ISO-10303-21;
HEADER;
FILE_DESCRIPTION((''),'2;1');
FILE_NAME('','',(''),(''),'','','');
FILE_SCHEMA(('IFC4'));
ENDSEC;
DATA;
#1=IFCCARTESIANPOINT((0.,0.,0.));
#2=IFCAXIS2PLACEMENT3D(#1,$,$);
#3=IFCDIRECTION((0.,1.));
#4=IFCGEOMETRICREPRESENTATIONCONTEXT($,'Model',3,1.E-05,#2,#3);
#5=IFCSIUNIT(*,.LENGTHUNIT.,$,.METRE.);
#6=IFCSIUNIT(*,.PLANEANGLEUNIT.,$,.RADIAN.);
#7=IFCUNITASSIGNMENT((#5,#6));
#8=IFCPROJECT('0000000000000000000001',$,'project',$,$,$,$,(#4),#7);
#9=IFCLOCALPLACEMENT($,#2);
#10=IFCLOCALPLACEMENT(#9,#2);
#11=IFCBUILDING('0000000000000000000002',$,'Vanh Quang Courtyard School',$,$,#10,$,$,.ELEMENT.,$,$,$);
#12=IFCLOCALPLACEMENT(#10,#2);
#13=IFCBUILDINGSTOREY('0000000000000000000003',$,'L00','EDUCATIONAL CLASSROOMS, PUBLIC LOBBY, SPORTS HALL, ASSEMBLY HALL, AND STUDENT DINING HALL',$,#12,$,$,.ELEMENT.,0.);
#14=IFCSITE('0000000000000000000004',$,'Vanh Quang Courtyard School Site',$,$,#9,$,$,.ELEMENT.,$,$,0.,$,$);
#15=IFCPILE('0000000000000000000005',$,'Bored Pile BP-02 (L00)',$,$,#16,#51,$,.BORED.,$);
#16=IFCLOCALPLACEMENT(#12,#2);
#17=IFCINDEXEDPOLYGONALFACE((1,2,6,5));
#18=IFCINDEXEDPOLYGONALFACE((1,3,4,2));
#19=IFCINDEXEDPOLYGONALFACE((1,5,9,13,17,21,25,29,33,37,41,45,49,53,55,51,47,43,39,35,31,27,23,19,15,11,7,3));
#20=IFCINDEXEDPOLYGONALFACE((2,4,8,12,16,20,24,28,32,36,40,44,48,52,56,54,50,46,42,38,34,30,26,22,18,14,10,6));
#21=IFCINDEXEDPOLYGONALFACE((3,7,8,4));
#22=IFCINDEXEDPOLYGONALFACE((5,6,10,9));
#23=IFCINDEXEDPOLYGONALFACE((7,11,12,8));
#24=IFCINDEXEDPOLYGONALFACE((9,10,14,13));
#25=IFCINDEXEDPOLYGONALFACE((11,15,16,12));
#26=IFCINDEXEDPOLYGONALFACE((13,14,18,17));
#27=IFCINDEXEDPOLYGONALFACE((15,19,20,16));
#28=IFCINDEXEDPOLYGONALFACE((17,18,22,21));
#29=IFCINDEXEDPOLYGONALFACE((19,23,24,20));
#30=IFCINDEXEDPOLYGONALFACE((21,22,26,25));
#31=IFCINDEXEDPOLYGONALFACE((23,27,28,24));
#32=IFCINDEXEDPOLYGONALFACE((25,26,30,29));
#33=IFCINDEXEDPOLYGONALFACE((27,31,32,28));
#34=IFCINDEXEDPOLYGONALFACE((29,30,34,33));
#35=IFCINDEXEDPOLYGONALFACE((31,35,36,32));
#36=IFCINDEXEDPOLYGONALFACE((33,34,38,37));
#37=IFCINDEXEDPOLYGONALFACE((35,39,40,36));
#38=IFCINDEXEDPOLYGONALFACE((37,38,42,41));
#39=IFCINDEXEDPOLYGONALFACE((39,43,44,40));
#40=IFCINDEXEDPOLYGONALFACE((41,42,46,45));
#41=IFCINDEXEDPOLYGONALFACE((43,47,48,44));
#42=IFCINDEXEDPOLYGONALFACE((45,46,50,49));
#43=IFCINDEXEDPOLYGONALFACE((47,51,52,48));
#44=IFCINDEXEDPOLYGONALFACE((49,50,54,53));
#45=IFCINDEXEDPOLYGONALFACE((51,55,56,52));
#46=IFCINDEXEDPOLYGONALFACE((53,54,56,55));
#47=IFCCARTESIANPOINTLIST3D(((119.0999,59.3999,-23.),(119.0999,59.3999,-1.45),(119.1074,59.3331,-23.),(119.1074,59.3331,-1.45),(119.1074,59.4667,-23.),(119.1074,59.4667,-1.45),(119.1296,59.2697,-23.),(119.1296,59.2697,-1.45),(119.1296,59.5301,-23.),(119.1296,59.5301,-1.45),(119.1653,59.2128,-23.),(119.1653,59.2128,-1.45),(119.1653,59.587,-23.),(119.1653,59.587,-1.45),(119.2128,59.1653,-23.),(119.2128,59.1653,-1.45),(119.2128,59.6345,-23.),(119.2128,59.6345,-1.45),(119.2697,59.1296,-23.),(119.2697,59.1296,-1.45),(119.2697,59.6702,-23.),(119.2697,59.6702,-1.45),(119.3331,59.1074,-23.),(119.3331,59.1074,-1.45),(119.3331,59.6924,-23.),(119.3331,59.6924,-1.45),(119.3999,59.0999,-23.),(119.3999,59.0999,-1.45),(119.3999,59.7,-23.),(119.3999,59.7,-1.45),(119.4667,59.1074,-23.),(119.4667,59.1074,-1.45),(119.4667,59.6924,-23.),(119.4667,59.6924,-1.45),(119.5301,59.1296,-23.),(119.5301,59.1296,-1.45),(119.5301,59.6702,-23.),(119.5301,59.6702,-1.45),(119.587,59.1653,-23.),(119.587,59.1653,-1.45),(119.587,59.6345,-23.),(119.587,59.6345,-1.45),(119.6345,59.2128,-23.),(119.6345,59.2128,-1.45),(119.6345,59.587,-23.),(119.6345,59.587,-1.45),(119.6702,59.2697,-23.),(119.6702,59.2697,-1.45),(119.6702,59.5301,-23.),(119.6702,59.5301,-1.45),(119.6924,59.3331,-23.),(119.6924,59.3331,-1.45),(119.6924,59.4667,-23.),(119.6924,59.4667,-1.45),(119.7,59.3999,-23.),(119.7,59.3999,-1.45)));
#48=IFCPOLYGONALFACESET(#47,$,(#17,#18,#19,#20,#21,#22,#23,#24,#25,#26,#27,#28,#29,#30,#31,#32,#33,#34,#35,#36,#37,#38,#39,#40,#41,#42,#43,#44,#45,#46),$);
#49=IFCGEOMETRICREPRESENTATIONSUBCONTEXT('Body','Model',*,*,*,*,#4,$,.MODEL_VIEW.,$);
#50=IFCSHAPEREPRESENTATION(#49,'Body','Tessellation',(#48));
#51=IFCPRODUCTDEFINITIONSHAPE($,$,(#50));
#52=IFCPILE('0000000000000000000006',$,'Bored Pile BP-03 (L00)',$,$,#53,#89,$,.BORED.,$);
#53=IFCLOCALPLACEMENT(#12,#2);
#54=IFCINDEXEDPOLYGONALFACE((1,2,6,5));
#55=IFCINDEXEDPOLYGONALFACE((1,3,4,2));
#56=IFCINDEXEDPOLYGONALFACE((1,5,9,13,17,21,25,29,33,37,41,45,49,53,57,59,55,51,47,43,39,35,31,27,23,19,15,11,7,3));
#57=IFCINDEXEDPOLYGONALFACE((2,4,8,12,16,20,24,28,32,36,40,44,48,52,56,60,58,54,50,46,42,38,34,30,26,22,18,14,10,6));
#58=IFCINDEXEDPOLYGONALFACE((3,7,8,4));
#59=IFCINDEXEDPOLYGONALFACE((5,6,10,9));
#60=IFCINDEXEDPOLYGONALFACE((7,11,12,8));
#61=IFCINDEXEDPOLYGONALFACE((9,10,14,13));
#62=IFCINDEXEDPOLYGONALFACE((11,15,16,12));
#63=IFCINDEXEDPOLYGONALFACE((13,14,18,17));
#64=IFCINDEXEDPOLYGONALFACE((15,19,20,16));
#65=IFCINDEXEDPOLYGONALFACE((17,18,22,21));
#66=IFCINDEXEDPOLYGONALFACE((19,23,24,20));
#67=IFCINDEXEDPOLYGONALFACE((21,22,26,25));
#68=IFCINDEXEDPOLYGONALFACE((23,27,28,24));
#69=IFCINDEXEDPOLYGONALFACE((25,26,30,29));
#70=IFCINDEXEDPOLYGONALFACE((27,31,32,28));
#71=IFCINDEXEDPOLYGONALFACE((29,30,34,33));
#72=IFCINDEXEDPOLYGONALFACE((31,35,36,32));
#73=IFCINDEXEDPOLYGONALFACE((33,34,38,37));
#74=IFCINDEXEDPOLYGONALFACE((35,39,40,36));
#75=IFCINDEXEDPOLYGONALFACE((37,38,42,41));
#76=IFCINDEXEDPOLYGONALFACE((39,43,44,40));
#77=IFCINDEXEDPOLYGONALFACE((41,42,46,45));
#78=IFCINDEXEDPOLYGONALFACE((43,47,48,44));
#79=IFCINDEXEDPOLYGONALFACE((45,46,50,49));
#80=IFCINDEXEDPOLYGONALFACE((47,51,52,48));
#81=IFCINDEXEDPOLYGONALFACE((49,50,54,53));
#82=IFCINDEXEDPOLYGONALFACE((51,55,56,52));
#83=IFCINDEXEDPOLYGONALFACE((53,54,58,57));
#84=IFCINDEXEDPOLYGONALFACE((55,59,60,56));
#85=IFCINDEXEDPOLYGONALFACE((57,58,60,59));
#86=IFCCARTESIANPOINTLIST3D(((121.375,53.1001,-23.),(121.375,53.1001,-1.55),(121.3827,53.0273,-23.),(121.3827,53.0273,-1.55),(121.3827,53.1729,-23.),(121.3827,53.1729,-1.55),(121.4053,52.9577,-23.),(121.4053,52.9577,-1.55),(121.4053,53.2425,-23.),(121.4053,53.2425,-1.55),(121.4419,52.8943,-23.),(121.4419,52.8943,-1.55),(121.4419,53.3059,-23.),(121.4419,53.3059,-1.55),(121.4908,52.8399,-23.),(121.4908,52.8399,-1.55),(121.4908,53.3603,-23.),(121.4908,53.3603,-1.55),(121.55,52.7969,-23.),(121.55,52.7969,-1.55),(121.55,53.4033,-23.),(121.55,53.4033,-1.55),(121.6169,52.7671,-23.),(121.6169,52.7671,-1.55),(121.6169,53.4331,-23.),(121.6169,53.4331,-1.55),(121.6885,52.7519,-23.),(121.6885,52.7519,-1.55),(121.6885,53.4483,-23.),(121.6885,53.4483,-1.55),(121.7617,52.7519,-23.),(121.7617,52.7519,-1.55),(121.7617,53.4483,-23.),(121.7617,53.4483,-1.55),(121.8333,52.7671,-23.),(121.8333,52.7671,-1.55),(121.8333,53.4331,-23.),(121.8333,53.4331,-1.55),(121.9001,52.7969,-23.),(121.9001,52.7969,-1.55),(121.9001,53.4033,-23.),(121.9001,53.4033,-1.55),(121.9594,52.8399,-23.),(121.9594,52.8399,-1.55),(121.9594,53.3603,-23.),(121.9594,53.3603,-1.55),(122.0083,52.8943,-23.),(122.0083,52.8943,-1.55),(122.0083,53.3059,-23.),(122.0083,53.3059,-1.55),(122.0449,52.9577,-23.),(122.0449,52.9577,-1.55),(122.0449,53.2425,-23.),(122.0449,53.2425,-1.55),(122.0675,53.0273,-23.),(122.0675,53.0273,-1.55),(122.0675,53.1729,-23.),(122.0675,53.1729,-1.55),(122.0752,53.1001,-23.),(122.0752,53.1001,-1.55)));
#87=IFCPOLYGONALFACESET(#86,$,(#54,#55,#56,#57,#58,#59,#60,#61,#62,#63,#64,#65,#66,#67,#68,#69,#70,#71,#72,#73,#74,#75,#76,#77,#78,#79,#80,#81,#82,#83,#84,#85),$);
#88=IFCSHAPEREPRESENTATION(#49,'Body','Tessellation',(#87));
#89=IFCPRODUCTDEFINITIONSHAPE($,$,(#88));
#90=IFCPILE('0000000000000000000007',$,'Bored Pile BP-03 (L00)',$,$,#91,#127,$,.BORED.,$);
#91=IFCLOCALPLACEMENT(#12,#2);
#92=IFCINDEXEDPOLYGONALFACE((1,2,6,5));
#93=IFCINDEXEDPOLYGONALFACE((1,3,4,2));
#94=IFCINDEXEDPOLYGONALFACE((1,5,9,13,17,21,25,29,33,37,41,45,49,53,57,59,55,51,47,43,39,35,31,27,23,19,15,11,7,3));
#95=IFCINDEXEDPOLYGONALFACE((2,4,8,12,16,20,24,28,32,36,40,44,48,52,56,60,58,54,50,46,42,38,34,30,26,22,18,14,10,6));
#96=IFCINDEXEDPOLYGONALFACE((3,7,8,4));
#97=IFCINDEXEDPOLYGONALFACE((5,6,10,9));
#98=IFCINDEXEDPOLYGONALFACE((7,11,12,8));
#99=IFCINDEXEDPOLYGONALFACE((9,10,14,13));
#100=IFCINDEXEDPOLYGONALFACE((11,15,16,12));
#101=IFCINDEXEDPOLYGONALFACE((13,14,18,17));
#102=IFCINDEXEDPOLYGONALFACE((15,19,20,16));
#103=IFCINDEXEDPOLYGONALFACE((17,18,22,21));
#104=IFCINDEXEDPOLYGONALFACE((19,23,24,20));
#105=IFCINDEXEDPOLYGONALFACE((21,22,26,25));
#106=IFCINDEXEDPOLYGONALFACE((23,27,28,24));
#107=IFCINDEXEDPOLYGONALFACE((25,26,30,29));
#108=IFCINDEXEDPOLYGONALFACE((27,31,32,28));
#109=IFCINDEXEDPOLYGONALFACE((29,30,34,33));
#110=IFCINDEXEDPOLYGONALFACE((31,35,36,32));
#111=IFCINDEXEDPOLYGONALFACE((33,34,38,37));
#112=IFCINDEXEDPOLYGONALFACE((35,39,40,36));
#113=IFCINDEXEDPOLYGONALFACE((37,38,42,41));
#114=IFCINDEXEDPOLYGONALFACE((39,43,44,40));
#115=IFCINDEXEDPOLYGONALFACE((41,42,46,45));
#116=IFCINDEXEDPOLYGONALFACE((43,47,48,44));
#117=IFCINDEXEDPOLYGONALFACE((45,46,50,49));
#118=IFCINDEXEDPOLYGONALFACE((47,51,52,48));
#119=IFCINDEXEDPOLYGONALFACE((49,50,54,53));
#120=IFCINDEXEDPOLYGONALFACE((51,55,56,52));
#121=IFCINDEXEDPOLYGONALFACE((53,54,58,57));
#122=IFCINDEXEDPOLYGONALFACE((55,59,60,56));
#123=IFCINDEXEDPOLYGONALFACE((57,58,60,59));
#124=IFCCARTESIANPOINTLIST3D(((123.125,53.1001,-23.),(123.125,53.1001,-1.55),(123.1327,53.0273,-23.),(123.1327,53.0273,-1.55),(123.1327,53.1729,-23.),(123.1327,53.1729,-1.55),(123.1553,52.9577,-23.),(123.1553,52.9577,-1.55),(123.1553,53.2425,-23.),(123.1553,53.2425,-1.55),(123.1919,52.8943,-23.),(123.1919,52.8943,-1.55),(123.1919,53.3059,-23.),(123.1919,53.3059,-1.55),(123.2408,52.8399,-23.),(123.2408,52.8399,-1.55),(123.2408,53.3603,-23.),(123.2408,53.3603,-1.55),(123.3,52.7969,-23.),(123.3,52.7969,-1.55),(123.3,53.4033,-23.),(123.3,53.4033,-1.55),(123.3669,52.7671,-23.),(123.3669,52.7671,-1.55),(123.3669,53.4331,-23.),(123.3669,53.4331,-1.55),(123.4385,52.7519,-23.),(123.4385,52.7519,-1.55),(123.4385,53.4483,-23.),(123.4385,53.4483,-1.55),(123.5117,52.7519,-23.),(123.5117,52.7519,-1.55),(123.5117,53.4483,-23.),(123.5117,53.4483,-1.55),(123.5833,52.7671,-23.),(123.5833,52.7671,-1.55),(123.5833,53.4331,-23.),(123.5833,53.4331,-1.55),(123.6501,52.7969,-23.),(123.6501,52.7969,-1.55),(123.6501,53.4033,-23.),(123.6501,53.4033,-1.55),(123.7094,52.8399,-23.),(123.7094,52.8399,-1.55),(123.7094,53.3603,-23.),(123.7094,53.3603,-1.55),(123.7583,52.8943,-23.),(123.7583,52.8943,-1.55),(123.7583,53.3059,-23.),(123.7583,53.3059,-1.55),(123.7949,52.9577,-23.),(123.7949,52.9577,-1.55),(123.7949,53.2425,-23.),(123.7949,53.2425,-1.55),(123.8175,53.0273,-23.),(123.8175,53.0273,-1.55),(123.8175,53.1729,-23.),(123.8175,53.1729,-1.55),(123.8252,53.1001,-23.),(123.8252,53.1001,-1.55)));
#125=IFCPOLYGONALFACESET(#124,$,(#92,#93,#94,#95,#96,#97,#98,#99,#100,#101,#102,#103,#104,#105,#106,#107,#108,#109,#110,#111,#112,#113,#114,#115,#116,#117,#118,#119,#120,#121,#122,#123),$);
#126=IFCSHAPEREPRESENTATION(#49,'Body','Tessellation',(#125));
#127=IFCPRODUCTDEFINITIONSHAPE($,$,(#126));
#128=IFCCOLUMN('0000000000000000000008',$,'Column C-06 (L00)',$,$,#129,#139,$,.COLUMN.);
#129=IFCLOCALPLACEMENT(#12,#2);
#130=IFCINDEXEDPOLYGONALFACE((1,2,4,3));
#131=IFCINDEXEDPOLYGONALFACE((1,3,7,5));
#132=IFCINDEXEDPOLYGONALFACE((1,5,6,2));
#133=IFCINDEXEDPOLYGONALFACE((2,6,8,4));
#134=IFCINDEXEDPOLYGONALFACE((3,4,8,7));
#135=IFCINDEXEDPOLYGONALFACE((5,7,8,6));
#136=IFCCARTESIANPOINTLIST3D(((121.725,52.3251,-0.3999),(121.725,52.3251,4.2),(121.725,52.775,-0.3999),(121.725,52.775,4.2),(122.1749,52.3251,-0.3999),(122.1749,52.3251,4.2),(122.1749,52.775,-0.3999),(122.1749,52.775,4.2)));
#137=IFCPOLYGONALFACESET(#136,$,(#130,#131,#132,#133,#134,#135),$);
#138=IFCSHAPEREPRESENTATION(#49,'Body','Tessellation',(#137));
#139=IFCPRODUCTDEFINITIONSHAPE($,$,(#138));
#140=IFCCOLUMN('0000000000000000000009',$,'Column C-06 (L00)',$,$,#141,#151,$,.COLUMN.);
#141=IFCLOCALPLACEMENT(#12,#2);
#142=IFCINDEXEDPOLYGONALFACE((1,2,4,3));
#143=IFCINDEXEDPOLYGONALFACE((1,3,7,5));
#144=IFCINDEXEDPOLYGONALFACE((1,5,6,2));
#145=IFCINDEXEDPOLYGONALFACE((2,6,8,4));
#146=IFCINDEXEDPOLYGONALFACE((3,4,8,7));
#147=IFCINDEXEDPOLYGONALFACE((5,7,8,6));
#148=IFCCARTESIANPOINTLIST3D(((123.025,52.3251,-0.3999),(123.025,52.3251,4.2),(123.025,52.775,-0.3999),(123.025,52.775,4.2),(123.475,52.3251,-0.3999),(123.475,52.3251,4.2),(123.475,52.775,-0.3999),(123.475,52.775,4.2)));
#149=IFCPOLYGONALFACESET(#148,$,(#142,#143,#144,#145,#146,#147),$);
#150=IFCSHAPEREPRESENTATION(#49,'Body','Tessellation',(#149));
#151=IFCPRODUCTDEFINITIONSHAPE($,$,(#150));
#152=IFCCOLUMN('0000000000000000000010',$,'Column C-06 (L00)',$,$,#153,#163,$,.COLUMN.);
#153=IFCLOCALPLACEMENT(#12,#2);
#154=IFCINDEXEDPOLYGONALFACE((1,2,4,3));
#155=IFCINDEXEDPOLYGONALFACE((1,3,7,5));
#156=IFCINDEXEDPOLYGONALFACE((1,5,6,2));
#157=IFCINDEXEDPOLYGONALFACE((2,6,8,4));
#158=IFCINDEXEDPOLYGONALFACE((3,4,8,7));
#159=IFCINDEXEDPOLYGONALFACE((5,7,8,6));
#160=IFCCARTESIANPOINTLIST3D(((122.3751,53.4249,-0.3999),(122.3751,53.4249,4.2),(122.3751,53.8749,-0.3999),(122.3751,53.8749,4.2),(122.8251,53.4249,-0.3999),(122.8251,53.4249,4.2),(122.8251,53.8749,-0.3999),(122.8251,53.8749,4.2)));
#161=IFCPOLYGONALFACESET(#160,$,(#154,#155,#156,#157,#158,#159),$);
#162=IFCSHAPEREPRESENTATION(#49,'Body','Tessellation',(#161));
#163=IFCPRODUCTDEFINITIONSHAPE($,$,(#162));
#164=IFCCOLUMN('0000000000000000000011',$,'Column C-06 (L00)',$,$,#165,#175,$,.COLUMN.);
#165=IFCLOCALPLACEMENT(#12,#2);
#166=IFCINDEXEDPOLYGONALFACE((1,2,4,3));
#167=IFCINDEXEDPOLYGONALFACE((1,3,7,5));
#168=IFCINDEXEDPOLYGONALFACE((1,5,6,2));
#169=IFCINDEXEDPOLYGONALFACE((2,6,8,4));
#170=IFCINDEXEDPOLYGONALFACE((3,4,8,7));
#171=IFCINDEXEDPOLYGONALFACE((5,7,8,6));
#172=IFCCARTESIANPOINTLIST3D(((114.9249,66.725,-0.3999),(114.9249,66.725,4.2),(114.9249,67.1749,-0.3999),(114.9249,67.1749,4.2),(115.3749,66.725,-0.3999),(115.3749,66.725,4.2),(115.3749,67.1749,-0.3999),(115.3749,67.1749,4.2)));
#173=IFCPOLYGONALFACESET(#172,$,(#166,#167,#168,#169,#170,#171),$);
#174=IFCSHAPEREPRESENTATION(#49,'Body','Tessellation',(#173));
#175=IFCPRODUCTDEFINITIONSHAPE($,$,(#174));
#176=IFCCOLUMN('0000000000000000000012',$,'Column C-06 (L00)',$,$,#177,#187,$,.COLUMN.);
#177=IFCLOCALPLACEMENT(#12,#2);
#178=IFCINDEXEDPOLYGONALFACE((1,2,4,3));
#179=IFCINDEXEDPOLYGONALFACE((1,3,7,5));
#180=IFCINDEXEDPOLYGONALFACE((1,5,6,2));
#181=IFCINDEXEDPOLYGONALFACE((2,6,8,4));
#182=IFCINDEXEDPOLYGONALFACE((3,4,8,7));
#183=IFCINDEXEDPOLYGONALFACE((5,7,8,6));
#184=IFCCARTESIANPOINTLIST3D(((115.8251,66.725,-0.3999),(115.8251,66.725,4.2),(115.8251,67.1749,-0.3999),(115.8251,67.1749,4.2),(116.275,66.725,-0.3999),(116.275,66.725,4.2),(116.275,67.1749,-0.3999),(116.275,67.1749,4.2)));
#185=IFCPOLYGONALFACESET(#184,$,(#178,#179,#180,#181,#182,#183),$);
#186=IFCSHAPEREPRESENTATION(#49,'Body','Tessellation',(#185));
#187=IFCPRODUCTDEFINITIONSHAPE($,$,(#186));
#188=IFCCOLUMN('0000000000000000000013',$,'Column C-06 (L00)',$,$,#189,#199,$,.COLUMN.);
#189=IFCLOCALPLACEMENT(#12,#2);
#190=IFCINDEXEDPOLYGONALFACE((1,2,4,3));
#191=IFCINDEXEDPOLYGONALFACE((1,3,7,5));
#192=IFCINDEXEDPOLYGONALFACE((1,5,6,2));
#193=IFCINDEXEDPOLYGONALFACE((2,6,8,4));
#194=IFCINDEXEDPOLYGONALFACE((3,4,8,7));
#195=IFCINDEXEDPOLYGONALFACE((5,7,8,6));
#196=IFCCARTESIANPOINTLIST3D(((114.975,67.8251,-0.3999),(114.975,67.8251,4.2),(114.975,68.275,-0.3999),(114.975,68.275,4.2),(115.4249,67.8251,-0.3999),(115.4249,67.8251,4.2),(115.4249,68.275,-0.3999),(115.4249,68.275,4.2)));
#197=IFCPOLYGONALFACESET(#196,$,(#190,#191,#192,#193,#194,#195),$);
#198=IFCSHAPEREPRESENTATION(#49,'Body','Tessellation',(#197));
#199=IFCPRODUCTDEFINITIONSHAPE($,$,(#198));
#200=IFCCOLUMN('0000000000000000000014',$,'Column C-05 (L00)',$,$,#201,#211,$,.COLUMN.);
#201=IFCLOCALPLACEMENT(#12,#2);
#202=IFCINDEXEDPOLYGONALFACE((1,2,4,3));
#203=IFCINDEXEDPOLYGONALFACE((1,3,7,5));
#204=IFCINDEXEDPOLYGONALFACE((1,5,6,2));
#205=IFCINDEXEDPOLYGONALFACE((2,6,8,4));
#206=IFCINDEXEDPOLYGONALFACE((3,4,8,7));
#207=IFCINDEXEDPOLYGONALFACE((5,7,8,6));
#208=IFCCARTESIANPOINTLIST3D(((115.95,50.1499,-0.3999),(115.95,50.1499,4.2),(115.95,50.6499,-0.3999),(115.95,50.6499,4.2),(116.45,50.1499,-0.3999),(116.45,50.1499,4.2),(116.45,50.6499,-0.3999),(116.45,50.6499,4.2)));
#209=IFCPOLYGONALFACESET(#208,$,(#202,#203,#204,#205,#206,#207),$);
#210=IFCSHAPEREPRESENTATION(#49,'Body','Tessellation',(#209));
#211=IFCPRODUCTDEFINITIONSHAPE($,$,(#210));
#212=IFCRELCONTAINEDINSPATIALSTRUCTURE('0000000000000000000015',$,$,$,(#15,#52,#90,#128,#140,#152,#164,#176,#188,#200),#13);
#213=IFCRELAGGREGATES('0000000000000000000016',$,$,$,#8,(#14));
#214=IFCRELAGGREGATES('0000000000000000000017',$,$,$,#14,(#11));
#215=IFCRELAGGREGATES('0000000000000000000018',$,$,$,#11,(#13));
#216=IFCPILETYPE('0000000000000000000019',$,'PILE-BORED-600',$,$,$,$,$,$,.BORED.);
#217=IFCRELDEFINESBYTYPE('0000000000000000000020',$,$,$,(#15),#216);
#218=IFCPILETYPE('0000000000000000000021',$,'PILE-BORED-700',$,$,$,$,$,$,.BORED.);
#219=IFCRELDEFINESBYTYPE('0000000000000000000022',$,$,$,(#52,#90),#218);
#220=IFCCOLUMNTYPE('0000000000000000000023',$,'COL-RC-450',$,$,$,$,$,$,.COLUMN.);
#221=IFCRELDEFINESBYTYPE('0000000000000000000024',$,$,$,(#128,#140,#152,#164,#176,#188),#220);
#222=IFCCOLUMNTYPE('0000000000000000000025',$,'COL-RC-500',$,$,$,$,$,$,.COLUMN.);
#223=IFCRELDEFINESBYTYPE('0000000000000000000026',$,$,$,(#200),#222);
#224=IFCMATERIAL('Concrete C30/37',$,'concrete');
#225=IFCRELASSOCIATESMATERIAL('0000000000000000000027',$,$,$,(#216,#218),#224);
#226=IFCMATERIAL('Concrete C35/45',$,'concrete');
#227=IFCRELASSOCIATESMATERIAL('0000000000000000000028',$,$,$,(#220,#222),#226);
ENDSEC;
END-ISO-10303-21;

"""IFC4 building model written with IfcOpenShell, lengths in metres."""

from ifc_helpers import new_model, si_unit, direction, frame, origin, origin_2d, place, context, subcontext, project, spatial, rectangle, circle, extrude, material, material_profile, profile_set, type_object, element, save


model = new_model("IFC4")

# Units and contexts
model_context = context("Model", 3, precision=1e-05, world=origin(), true_north=direction((0.0, 1.0)))
body_context = subcontext(model_context, "Body", "Model", "MODEL_VIEW")
ifc_project = project(units=[si_unit("LENGTHUNIT", "METRE"), si_unit("PLANEANGLEUNIT", "RADIAN")], contexts=[model_context])

# Site, building, storey
site_placement = place(None, origin())
site = spatial("IfcSite", under=ifc_project, at=site_placement, Name="Vanh Quang Courtyard School Site", CompositionType="ELEMENT", RefElevation=0.0)
building_placement = place(site_placement, origin())
building = spatial("IfcBuilding", under=site, at=building_placement, Name="Vanh Quang Courtyard School", CompositionType="ELEMENT")
storey_placement = place(building_placement, origin())
storey = spatial("IfcBuildingStorey", under=building, at=storey_placement, Name="L00", Description="EDUCATIONAL CLASSROOMS, PUBLIC LOBBY, SPORTS HALL, ASSEMBLY HALL, AND STUDENT DINING HALL", CompositionType="ELEMENT", Elevation=0.0)

# Shared definitions
ifc_material_1 = material(Name="Concrete C35/45", Category="concrete")

# Piles
ifc_material_2 = material(Name="Concrete C30/37", Category="concrete")
ifc_material_profile_1 = material_profile(ifc_material_2, circle(Radius=0.3, at=origin_2d()), Name="PILE D600")
ifc_profile_set_1 = profile_set([ifc_material_profile_1], Name="Concrete C30/37")
pile_type_1 = type_object("IfcPileType", Name="PILE-BORED-600", PredefinedType="BORED", material=ifc_profile_set_1)
for number, where, z_axis, x_axis, name in (
    (1, (119.3999, 59.3999, -1.45), (0.0, 0.0, -1.0), (1.0, 0.0, 0.0), "Bored Pile BP-02 (L00)"),
):
    element("IfcPile", number, at=place(storey_placement, frame(where, z_axis=z_axis, x_axis=x_axis)), inside=storey, type_object=pile_type_1, Name=name, PredefinedType="BORED", context=body_context, shape_type="SweptSolid", body=[
        extrude(circle(Radius=0.3, at=origin_2d()), origin(), (0.0, 0.0, 1.0), 21.55),
    ])
ifc_material_profile_2 = material_profile(ifc_material_2, circle(Radius=0.3501, at=origin_2d()), Name="PILE D700")
ifc_profile_set_2 = profile_set([ifc_material_profile_2], Name="Concrete C30/37")
pile_type_2 = type_object("IfcPileType", Name="PILE-BORED-700", PredefinedType="BORED", material=ifc_profile_set_2)
for number, where, z_axis, x_axis, name in (
    (2, (121.7251, 53.1001, -1.55), (0.0, 0.0, -1.0), (1.0, 0.0, 0.0), "Bored Pile BP-03 (L00)"),
    (3, (123.4751, 53.1001, -1.55), (0.0, 0.0, -1.0), (1.0, 0.0, 0.0), "Bored Pile BP-03 (L00)"),
):
    element("IfcPile", number, at=place(storey_placement, frame(where, z_axis=z_axis, x_axis=x_axis)), inside=storey, type_object=pile_type_2, Name=name, PredefinedType="BORED", context=body_context, shape_type="SweptSolid", body=[
        extrude(circle(Radius=0.3501, at=origin_2d()), origin(), (0.0, 0.0, 1.0), 21.45),
    ])

# Columns
ifc_material_profile_3 = material_profile(ifc_material_1, rectangle(XDim=0.45, YDim=0.45, at=origin_2d()), Name="RC-COL 450x450")
ifc_profile_set_3 = profile_set([ifc_material_profile_3], Name="Concrete C35/45")
column_type_1 = type_object("IfcColumnType", Name="COL-RC-450", PredefinedType="COLUMN", material=ifc_profile_set_3)
for number, where, z_axis, x_axis, name in (
    (4, (121.95, 52.55, -0.3999), (0.0, 0.0, 1.0), (1.0, 0.0, 0.0), "Column C-06 (L00)"),
    (5, (123.25, 52.55, -0.3999), (0.0, 0.0, 1.0), (1.0, 0.0, 0.0), "Column C-06 (L00)"),
    (6, (122.6001, 53.6499, -0.3999), (0.0, 0.0, 1.0), (1.0, 0.0, 0.0), "Column C-06 (L00)"),
    (7, (115.1499, 66.95, -0.3999), (0.0, 0.0, 1.0), (1.0, 0.0, 0.0), "Column C-06 (L00)"),
    (8, (116.05, 66.95, -0.3999), (0.0, 0.0, 1.0), (1.0, 0.0, 0.0), "Column C-06 (L00)"),
    (9, (115.2, 68.05, -0.3999), (0.0, 0.0, 1.0), (1.0, 0.0, 0.0), "Column C-06 (L00)"),
):
    element("IfcColumn", number, at=place(storey_placement, frame(where, z_axis=z_axis, x_axis=x_axis)), inside=storey, type_object=column_type_1, Name=name, PredefinedType="COLUMN", context=body_context, shape_type="SweptSolid", body=[
        extrude(rectangle(XDim=0.45, YDim=0.45, at=origin_2d()), origin(), (0.0, 0.0, 1.0), 4.5999),
    ])
ifc_material_profile_4 = material_profile(ifc_material_1, rectangle(XDim=0.5, YDim=0.5, at=origin_2d()), Name="RC-COL 500x500")
ifc_profile_set_4 = profile_set([ifc_material_profile_4], Name="Concrete C35/45")
column_type_2 = type_object("IfcColumnType", Name="COL-RC-500", PredefinedType="COLUMN", material=ifc_profile_set_4)
for number, where, z_axis, x_axis, name in (
    (10, (116.2, 50.3999, -0.3999), (0.0, 0.0, 1.0), (1.0, 0.0, 0.0), "Column C-05 (L00)"),
):
    element("IfcColumn", number, at=place(storey_placement, frame(where, z_axis=z_axis, x_axis=x_axis)), inside=storey, type_object=column_type_2, Name=name, PredefinedType="COLUMN", context=body_context, shape_type="SweptSolid", body=[
        extrude(rectangle(XDim=0.5, YDim=0.5, at=origin_2d()), origin(), (0.0, 0.0, 1.0), 4.5999),
    ])

save(model, "model.ifc")
